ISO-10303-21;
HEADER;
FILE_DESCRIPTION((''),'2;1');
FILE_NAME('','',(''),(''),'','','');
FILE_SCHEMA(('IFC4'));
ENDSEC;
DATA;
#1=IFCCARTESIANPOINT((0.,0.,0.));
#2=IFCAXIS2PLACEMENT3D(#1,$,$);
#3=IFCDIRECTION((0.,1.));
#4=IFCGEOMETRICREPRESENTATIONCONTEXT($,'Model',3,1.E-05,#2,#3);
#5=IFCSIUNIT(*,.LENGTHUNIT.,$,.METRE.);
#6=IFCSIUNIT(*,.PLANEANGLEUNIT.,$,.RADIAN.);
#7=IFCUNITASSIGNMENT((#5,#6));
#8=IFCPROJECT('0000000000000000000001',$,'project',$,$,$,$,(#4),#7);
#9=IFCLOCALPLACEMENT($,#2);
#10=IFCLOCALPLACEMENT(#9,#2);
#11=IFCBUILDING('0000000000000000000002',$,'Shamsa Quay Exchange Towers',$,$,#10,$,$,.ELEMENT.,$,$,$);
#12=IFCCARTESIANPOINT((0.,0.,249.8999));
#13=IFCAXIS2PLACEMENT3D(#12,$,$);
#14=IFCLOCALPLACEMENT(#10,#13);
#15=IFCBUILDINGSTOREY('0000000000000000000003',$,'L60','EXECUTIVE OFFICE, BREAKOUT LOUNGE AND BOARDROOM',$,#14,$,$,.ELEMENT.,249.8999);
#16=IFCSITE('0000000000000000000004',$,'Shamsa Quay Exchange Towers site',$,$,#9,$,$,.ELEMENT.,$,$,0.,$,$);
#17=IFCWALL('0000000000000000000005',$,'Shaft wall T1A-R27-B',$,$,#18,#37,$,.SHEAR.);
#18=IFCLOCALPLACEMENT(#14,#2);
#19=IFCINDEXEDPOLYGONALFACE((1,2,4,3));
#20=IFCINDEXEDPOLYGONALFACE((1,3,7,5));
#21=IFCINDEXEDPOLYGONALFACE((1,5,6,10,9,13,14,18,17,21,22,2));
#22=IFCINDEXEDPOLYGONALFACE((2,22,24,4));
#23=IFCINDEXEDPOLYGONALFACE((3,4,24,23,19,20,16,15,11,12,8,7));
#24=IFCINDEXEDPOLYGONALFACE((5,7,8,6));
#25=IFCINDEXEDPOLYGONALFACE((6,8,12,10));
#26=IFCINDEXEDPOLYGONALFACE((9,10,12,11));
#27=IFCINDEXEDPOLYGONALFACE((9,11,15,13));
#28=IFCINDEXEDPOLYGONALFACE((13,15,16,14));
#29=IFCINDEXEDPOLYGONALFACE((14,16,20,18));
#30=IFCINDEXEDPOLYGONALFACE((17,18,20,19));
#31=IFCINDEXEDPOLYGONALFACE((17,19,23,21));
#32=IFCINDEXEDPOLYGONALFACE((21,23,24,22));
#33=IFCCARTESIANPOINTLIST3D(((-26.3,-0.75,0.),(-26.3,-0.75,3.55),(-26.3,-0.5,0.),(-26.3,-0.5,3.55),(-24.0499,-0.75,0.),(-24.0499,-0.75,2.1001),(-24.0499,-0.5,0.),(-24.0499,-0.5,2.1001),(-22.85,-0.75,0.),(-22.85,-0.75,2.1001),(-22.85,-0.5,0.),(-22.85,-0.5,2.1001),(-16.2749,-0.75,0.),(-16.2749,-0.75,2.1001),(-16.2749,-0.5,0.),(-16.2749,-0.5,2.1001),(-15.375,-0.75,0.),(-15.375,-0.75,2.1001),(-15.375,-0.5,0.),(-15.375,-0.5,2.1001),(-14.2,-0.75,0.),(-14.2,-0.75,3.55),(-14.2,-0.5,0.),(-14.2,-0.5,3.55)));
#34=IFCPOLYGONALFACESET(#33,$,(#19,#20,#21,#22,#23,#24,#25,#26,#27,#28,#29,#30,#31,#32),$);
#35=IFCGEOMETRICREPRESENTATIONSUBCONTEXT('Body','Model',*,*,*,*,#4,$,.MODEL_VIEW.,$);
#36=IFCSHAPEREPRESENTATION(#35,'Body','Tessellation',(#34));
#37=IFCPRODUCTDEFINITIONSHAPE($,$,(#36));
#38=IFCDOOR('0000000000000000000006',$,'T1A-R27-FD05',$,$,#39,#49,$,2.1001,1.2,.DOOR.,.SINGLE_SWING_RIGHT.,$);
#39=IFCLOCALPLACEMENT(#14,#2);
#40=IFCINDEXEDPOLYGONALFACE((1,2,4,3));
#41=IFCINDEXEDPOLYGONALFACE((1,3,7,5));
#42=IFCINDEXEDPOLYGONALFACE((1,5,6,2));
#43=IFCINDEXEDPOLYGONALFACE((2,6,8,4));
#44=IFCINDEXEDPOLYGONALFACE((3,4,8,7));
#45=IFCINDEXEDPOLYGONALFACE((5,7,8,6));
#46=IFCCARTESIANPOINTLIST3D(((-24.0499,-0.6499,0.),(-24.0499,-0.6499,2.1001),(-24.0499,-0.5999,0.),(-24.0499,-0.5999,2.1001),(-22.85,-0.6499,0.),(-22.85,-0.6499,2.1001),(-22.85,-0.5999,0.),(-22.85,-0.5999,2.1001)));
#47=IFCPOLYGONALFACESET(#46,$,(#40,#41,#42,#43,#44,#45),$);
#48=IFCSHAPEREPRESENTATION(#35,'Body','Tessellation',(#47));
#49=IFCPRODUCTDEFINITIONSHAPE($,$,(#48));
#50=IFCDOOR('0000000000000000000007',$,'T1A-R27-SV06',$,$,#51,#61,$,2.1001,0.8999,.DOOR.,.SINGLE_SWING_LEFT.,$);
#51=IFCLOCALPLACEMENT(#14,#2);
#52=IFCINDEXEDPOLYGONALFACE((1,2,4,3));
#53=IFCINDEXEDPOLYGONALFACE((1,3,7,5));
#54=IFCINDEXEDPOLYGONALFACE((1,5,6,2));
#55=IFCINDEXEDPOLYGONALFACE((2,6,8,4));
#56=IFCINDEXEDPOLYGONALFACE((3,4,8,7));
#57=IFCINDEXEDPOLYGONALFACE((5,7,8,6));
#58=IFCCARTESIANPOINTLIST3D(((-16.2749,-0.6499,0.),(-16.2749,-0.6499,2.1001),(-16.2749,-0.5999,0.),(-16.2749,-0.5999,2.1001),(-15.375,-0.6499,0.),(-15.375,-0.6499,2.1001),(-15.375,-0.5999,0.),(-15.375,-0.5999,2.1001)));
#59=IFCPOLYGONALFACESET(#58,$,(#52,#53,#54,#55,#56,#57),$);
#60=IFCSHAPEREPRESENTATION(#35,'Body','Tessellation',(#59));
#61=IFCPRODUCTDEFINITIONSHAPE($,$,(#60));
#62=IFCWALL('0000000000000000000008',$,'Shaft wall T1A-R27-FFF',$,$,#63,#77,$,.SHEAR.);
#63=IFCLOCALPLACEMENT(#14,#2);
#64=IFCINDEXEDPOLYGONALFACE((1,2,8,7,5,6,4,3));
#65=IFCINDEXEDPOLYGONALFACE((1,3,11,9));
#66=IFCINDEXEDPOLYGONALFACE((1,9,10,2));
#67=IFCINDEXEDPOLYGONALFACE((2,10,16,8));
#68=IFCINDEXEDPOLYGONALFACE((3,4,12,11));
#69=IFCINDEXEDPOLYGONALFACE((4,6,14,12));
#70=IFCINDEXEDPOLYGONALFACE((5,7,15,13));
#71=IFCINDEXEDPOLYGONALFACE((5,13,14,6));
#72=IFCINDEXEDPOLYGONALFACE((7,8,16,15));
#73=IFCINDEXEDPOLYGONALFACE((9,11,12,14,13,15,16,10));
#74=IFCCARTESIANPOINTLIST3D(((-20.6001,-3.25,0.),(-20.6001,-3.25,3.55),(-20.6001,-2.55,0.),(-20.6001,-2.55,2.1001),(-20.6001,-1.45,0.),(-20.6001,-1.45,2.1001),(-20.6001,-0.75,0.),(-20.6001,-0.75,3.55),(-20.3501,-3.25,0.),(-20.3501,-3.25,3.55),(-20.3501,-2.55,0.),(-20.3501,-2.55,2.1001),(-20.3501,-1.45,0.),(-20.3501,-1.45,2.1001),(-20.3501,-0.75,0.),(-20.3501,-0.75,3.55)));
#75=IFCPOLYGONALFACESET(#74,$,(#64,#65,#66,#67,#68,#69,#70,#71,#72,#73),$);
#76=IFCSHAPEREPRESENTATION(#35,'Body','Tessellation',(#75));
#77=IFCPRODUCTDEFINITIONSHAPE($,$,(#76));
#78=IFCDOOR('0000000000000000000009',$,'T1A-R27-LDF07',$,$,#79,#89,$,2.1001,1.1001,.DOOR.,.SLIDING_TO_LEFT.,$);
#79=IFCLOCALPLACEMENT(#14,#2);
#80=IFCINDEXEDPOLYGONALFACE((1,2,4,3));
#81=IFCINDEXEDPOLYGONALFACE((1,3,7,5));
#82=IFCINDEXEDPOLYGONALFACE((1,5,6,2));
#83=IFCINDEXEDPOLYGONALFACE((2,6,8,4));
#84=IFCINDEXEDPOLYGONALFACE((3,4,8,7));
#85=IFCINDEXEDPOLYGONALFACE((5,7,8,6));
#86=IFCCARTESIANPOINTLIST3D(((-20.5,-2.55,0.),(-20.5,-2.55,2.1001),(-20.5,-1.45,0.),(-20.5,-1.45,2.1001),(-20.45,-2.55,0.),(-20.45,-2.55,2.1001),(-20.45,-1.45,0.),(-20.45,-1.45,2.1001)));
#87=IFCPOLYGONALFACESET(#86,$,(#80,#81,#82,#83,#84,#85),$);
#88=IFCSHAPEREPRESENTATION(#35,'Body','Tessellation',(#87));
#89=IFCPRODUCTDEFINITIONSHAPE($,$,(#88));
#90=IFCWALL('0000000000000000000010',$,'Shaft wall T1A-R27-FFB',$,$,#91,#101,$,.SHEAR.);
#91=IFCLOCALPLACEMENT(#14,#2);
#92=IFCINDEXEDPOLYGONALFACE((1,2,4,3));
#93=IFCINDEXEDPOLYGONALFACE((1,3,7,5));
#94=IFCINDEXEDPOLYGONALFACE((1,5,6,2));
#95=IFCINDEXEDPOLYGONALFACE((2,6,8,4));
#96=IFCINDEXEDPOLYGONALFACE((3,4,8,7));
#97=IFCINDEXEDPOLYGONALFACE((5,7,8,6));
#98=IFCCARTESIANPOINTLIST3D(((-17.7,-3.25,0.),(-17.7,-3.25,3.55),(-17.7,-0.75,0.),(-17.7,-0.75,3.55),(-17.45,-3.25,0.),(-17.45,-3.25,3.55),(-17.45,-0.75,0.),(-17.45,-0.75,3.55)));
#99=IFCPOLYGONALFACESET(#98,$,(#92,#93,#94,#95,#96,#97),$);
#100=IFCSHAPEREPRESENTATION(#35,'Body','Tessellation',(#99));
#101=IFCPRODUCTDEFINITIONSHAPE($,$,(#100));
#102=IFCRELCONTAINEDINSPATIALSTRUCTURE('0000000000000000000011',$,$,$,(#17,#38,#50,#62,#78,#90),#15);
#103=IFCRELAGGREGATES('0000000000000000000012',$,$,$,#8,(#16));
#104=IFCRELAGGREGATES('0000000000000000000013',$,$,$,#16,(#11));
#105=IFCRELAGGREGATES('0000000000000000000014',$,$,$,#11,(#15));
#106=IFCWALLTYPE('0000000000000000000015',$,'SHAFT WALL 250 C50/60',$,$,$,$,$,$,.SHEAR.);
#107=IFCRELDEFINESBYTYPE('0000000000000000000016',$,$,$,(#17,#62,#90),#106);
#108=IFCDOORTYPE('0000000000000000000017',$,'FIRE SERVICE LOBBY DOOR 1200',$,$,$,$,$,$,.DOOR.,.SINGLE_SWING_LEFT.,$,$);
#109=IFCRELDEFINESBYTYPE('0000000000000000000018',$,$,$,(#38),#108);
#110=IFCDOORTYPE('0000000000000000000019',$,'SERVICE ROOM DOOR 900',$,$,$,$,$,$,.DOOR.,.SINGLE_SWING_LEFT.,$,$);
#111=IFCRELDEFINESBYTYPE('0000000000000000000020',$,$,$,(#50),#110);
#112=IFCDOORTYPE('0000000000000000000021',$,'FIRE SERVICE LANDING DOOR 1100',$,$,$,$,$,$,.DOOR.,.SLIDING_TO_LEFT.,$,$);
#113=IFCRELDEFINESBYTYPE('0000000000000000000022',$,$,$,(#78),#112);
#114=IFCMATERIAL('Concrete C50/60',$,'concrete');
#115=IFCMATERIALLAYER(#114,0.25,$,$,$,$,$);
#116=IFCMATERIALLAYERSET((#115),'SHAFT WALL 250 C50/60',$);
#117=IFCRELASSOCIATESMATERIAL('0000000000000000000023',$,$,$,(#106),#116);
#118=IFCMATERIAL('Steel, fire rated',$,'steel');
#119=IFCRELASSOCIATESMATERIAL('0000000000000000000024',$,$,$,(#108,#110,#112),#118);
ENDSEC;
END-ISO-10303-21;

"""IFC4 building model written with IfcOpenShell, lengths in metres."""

from ifc_helpers import new_model, si_unit, direction, frame, frame_2d, origin, place, context, subcontext, project, spatial, rectangle, extrude, material, layer, layer_set, type_object, element, fill, save


model = new_model("IFC4")

# Units and contexts
model_context = context("Model", 3, precision=1e-05, world=origin(), true_north=direction((0.0, 1.0)))
body_context = subcontext(model_context, "Body", "Model", "MODEL_VIEW")
ifc_project = project(units=[si_unit("LENGTHUNIT", "METRE"), si_unit("PLANEANGLEUNIT", "RADIAN")], contexts=[model_context])

# Site, building, storey
site_placement = place(None, origin())
site = spatial("IfcSite", under=ifc_project, at=site_placement, Name="Shamsa Quay Exchange Towers site", CompositionType="ELEMENT", RefElevation=0.0)
building_placement = place(site_placement, origin())
building = spatial("IfcBuilding", under=site, at=building_placement, Name="Shamsa Quay Exchange Towers", CompositionType="ELEMENT")
storey_placement = place(building_placement, frame((0.0, 0.0, 249.8999)))
storey = spatial("IfcBuildingStorey", under=building, at=storey_placement, Name="L60", Description="EXECUTIVE OFFICE, BREAKOUT LOUNGE AND BOARDROOM", CompositionType="ELEMENT", Elevation=249.8999)

# Shared definitions
ifc_material_1 = material(Name="Concrete C50/60", Category="concrete")
ifc_layer_1 = layer(ifc_material_1, 0.25)
ifc_layer_set_1 = layer_set([ifc_layer_1], Name="SHAFT WALL 250 C50/60")
wall_type = type_object("IfcWallType", Name="SHAFT WALL 250 C50/60", PredefinedType="SHEAR", material=ifc_layer_set_1)
ifc_material_2 = material(Name="Steel, fire rated", Category="steel")

# Wall, openings, doors
wall_1_placement = place(storey_placement, frame((-14.2, -0.625, 0.0), z_axis=(0.0, 0.0, 1.0), x_axis=(-1.0, 0.0, 0.0)))
wall_1 = element("IfcWall", 1, at=wall_1_placement, inside=storey, type_object=wall_type, Name="Shaft wall T1A-R27-B", PredefinedType="SHEAR", context=body_context, shape_type="SweptSolid", body=[
    extrude(rectangle(XDim=12.1001, YDim=0.25, at=frame_2d((6.05, 0.0))), origin(), (0.0, 0.0, 1.0), 3.55),
])
opening_1_placement = place(wall_1_placement, frame((8.6499, 0.0, 0.0)))
opening_1 = element("IfcOpeningElement", 2, at=opening_1_placement, cuts=wall_1, PredefinedType="OPENING", context=body_context, shape_type="SweptSolid", body=[
    extrude(rectangle(XDim=1.2, YDim=2.1001, at=frame_2d((0.6001, 1.05))), frame((0.0, 0.135, 0.0), z_axis=(0.0, -1.0, 0.0), x_axis=(1.0, 0.0, 0.0)), (0.0, 0.0, 1.0), 0.27),
])
opening_2_placement = place(wall_1_placement, frame((1.175, 0.0, 0.0)))
opening_2 = element("IfcOpeningElement", 3, at=opening_2_placement, cuts=wall_1, PredefinedType="OPENING", context=body_context, shape_type="SweptSolid", body=[
    extrude(rectangle(XDim=0.8999, YDim=2.1001, at=frame_2d((0.45, 1.05))), frame((0.0, 0.135, 0.0), z_axis=(0.0, -1.0, 0.0), x_axis=(1.0, 0.0, 0.0)), (0.0, 0.0, 1.0), 0.27),
])
door_type_1 = type_object("IfcDoorType", Name="FIRE SERVICE LOBBY DOOR 1200", OperationType="SINGLE_SWING_LEFT", PredefinedType="DOOR", material=ifc_material_2)
door_1_placement = place(opening_1_placement, origin())
door_1 = element("IfcDoor", 4, at=door_1_placement, inside=storey, type_object=door_type_1, Name="T1A-R27-FD05", OperationType="SINGLE_SWING_RIGHT", OverallHeight=2.1001, OverallWidth=1.2, PredefinedType="DOOR", context=body_context, shape_type="SweptSolid", body=[
    extrude(rectangle(XDim=1.2, YDim=2.1001, at=frame_2d((0.6001, 1.05))), frame((0.0, 0.0249, 0.0), z_axis=(0.0, -1.0, 0.0), x_axis=(1.0, 0.0, 0.0)), (0.0, 0.0, 1.0), 0.05),
])
fill(opening_1, door_1)
door_type_2 = type_object("IfcDoorType", Name="SERVICE ROOM DOOR 900", OperationType="SINGLE_SWING_LEFT", PredefinedType="DOOR", material=ifc_material_2)
door_2_placement = place(opening_2_placement, origin())
door_2 = element("IfcDoor", 5, at=door_2_placement, inside=storey, type_object=door_type_2, Name="T1A-R27-SV06", OperationType="SINGLE_SWING_LEFT", OverallHeight=2.1001, OverallWidth=0.8999, PredefinedType="DOOR", context=body_context, shape_type="SweptSolid", body=[
    extrude(rectangle(XDim=0.8999, YDim=2.1001, at=frame_2d((0.45, 1.05))), frame((0.0, 0.0249, 0.0), z_axis=(0.0, -1.0, 0.0), x_axis=(1.0, 0.0, 0.0)), (0.0, 0.0, 1.0), 0.05),
])
fill(opening_2, door_2)

# Wall, opening, door
wall_2_placement = place(storey_placement, frame((-20.4751, -3.25, 0.0), z_axis=(0.0, 0.0, 1.0), x_axis=(0.0, 1.0, 0.0)))
wall_2 = element("IfcWall", 6, at=wall_2_placement, inside=storey, type_object=wall_type, Name="Shaft wall T1A-R27-FFF", PredefinedType="SHEAR", context=body_context, shape_type="SweptSolid", body=[
    extrude(rectangle(XDim=2.5, YDim=0.25, at=frame_2d((1.25, 0.0))), origin(), (0.0, 0.0, 1.0), 3.55),
])
opening_3_placement = place(wall_2_placement, frame((0.7, 0.0, 0.0)))
opening_3 = element("IfcOpeningElement", 7, at=opening_3_placement, cuts=wall_2, PredefinedType="OPENING", context=body_context, shape_type="SweptSolid", body=[
    extrude(rectangle(XDim=1.1001, YDim=2.1001, at=frame_2d((0.55, 1.05))), frame((0.0, 0.135, 0.0), z_axis=(0.0, -1.0, 0.0), x_axis=(1.0, 0.0, 0.0)), (0.0, 0.0, 1.0), 0.27),
])
door_type_3 = type_object("IfcDoorType", Name="FIRE SERVICE LANDING DOOR 1100", OperationType="SLIDING_TO_LEFT", PredefinedType="DOOR", material=ifc_material_2)
door_3_placement = place(opening_3_placement, origin())
door_3 = element("IfcDoor", 8, at=door_3_placement, inside=storey, type_object=door_type_3, Name="T1A-R27-LDF07", OperationType="SLIDING_TO_LEFT", OverallHeight=2.1001, OverallWidth=1.1001, PredefinedType="DOOR", context=body_context, shape_type="SweptSolid", body=[
    extrude(rectangle(XDim=1.1001, YDim=2.1001, at=frame_2d((0.55, 1.05))), frame((0.0, 0.0249, 0.0), z_axis=(0.0, -1.0, 0.0), x_axis=(1.0, 0.0, 0.0)), (0.0, 0.0, 1.0), 0.05),
])
fill(opening_3, door_3)

# Wall
wall_3_placement = place(storey_placement, frame((-17.575, -3.25, 0.0), z_axis=(0.0, 0.0, 1.0), x_axis=(0.0, 1.0, 0.0)))
element("IfcWall", 9, at=wall_3_placement, inside=storey, type_object=wall_type, Name="Shaft wall T1A-R27-FFB", PredefinedType="SHEAR", context=body_context, shape_type="SweptSolid", body=[
    extrude(rectangle(XDim=2.5, YDim=0.25, at=frame_2d((1.25, 0.0))), origin(), (0.0, 0.0, 1.0), 3.55),
])

save(model, "model.ifc")
